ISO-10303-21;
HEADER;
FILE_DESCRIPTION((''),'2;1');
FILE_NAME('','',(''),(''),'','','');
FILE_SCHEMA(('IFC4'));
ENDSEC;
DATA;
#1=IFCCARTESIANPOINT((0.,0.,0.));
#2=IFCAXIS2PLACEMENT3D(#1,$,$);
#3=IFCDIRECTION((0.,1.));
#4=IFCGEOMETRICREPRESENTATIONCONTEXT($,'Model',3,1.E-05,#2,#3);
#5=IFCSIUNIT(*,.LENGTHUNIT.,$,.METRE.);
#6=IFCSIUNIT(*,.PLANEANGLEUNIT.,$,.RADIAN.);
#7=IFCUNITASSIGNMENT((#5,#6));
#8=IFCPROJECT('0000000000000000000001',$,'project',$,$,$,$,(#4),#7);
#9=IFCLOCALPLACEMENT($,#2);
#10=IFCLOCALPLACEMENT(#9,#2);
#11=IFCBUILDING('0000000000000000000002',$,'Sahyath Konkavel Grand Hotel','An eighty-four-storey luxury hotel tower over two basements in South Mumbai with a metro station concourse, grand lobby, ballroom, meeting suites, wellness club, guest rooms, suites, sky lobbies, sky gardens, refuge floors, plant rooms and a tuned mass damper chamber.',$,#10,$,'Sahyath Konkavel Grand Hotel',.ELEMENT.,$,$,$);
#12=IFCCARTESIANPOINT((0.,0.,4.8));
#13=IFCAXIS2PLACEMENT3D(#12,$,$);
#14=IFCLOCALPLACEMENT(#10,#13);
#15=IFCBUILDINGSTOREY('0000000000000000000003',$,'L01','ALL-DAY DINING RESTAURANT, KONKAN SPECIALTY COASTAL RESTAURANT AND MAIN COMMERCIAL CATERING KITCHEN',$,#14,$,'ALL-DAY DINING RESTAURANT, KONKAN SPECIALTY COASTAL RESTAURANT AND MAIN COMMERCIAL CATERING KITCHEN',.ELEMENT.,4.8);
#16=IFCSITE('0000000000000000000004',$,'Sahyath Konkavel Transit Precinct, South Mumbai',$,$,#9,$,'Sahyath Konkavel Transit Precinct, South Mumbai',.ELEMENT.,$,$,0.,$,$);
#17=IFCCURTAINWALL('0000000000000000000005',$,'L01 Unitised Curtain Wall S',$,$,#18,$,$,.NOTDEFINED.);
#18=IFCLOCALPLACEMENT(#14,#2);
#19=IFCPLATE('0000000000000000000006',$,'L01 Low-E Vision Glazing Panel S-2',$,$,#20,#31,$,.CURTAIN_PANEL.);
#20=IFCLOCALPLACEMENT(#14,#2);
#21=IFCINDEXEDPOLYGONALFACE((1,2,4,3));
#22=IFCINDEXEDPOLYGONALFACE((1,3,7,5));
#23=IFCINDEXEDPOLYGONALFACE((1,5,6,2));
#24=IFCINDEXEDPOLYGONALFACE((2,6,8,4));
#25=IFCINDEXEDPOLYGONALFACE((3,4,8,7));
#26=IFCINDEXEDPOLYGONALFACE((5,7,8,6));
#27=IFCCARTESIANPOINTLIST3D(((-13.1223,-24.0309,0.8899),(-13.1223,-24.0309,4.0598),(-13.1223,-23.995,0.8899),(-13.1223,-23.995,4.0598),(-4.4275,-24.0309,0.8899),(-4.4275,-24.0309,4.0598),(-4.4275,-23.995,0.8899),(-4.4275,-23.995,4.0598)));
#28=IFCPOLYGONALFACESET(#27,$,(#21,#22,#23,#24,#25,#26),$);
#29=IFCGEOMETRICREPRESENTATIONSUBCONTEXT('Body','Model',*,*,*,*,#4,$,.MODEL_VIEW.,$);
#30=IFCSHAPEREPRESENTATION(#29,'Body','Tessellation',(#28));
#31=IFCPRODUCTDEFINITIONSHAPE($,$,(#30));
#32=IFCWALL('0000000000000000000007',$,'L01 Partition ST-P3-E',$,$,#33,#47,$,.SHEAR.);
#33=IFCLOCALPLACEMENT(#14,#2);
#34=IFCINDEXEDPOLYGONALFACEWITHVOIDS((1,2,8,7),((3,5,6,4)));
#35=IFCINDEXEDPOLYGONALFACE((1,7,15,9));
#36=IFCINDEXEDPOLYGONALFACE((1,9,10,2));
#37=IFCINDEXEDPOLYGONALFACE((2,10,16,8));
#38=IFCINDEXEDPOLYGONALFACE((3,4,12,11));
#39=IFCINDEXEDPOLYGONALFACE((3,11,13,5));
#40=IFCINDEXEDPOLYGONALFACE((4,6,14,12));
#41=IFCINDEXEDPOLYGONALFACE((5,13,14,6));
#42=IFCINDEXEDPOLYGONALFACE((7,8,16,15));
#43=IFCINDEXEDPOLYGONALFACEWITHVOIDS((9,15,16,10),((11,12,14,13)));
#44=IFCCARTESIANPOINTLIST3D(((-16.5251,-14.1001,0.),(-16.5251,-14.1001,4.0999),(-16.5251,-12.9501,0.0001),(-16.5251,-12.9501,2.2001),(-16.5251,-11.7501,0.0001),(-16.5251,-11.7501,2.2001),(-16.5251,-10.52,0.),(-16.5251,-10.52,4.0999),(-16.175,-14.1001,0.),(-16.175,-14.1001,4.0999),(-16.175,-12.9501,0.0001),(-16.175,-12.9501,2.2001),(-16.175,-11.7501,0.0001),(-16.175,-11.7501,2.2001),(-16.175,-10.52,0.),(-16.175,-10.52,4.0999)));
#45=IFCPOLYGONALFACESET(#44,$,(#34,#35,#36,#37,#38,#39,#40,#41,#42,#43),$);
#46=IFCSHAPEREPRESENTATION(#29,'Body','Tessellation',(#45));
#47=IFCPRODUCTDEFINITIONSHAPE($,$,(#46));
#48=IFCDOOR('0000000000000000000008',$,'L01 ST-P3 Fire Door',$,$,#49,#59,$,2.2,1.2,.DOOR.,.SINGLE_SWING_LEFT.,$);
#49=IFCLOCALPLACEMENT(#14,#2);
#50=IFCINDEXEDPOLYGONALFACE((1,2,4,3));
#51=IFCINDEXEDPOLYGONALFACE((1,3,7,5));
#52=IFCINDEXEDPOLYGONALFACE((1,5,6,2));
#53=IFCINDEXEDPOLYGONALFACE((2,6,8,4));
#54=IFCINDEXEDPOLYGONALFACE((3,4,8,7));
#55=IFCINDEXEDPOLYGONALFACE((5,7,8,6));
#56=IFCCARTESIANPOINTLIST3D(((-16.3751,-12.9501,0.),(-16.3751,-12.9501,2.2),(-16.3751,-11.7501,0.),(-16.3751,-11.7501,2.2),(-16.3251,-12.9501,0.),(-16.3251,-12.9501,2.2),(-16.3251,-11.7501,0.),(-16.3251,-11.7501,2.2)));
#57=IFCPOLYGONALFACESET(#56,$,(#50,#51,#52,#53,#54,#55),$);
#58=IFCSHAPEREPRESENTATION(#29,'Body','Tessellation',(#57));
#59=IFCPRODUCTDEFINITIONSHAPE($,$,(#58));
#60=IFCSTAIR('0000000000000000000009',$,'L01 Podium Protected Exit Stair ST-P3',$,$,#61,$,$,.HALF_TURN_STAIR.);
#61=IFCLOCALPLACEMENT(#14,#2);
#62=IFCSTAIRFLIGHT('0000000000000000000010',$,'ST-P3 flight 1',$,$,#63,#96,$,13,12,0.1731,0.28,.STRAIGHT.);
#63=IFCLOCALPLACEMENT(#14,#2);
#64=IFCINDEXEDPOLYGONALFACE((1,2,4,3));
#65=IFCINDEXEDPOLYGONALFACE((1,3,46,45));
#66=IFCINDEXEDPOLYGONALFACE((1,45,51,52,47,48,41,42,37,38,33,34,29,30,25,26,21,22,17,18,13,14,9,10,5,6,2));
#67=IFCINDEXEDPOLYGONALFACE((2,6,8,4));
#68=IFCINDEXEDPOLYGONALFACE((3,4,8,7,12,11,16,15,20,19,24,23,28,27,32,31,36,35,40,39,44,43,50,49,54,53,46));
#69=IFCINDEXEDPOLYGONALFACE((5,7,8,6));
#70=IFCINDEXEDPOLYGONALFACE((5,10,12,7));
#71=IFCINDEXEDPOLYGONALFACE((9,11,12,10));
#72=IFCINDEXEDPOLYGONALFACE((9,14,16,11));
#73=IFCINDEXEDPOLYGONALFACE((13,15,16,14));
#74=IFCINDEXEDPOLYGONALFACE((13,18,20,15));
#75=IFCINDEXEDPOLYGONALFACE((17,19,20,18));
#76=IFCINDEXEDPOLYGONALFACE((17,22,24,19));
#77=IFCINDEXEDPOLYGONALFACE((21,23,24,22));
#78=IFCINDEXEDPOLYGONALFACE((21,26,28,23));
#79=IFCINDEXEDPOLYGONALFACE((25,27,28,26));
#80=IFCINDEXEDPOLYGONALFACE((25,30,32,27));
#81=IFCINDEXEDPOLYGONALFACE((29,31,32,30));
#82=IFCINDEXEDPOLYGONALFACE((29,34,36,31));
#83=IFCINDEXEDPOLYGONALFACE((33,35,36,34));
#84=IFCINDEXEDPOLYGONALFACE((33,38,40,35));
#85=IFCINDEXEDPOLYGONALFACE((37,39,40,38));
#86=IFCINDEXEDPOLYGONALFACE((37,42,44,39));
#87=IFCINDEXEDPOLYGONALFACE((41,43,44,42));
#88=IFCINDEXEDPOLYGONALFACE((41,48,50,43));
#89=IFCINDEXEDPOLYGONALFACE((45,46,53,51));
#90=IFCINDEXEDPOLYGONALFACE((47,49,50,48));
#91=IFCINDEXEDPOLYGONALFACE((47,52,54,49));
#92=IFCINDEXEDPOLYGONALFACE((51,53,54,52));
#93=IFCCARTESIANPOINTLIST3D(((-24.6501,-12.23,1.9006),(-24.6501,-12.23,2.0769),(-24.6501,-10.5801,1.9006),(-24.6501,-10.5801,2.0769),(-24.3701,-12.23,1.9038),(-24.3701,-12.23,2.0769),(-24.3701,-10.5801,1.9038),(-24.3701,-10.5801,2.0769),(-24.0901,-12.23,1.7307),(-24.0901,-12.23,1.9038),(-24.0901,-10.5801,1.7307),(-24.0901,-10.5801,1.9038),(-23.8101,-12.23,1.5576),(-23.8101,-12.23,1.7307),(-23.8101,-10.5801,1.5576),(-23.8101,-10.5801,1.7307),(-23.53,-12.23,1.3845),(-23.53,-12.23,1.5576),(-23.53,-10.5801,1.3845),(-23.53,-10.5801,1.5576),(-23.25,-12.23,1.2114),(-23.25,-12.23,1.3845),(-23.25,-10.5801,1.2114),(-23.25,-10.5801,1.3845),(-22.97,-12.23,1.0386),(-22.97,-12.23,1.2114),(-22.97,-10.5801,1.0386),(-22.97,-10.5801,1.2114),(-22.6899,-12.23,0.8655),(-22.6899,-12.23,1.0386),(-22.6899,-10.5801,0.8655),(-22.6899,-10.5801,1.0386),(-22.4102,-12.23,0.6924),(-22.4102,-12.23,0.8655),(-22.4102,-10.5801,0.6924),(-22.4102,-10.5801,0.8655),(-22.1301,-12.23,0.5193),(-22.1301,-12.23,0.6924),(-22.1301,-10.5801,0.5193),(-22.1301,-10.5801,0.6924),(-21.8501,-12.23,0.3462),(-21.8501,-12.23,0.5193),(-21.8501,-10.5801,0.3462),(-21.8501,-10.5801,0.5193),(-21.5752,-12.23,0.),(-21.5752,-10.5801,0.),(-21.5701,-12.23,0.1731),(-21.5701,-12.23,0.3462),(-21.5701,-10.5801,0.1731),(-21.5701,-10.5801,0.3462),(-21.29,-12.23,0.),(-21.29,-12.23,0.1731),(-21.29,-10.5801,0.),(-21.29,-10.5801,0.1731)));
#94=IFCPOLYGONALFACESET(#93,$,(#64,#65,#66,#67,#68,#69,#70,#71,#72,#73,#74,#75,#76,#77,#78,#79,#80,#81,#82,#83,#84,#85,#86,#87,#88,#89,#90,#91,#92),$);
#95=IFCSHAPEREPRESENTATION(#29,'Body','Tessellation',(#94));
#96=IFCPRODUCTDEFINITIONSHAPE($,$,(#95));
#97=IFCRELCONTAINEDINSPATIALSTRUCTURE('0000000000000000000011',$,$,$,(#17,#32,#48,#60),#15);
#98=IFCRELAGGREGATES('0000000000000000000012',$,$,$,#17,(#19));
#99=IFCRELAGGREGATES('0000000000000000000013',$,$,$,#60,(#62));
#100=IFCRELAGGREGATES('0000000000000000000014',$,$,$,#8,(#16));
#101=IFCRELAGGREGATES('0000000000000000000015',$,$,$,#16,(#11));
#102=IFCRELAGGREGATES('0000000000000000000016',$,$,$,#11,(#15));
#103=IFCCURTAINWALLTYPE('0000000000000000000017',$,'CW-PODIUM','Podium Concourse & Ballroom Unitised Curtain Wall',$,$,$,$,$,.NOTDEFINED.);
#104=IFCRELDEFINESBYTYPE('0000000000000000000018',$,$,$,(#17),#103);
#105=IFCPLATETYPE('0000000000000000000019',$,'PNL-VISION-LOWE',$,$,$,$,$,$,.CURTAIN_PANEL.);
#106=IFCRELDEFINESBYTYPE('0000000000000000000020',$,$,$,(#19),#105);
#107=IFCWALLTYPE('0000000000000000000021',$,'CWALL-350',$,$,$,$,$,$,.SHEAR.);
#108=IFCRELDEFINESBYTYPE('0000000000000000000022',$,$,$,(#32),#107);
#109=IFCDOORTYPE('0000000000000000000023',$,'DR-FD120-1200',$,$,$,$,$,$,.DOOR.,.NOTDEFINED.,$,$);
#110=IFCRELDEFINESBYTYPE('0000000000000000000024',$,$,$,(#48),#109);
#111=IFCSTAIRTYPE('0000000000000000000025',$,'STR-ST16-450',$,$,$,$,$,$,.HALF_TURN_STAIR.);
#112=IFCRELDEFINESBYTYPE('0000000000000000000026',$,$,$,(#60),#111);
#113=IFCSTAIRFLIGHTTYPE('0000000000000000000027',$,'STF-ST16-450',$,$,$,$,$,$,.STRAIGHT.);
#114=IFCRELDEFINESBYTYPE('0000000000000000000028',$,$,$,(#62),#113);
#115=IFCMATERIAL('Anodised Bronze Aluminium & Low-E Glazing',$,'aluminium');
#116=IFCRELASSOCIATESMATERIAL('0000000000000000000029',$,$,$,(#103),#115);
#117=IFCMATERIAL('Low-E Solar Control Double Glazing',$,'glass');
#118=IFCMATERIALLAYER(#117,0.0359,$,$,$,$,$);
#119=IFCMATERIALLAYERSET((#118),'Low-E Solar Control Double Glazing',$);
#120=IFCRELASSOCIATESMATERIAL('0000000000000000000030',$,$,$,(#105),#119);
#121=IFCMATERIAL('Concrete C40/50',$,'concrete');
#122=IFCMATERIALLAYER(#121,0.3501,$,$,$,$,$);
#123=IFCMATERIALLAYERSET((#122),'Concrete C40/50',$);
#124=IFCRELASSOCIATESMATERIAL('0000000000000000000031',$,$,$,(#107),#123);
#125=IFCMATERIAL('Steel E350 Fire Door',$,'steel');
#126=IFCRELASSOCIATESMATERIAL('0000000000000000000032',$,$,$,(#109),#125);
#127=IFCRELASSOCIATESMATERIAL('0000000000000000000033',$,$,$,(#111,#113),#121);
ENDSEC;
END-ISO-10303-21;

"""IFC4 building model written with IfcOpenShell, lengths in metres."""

from ifc_helpers import new_model, si_unit, direction, frame, frame_2d, origin, origin_2d, place, context, subcontext, project, spatial, polyline, rectangle, outline, extrude, source, transform, mapped, material, layer, layer_set, type_object, element, fill, aggregate, save


model = new_model("IFC4")

# Units and contexts
model_context = context("Model", 3, precision=1e-05, world=origin(), true_north=direction((0.0, 1.0)))
body_context = subcontext(model_context, "Body", "Model", "MODEL_VIEW")
ifc_project = project(units=[si_unit("LENGTHUNIT", "METRE"), si_unit("PLANEANGLEUNIT", "RADIAN")], contexts=[model_context])

# Site, building, storey
site_placement = place(None, origin())
site = spatial("IfcSite", under=ifc_project, at=site_placement, Name="Sahyath Konkavel Transit Precinct, South Mumbai", LongName="Sahyath Konkavel Transit Precinct, South Mumbai", CompositionType="ELEMENT", RefElevation=0.0)
building_placement = place(site_placement, origin())
building = spatial("IfcBuilding", under=site, at=building_placement, Name="Sahyath Konkavel Grand Hotel", Description="An eighty-four-storey luxury hotel tower over two basements in South Mumbai with a metro station concourse, grand lobby, ballroom, meeting suites, wellness club, guest rooms, suites, sky lobbies, sky gardens, refuge floors, plant rooms and a tuned mass damper chamber.", LongName="Sahyath Konkavel Grand Hotel", CompositionType="ELEMENT")
storey_placement = place(building_placement, frame((0.0, 0.0, 4.8)))
storey = spatial("IfcBuildingStorey", under=building, at=storey_placement, Name="L01", Description="ALL-DAY DINING RESTAURANT, KONKAN SPECIALTY COASTAL RESTAURANT AND MAIN COMMERCIAL CATERING KITCHEN", LongName="ALL-DAY DINING RESTAURANT, KONKAN SPECIALTY COASTAL RESTAURANT AND MAIN COMMERCIAL CATERING KITCHEN", CompositionType="ELEMENT", Elevation=4.8)

# Curtain wall
ifc_material_1 = material(Name="Anodised Bronze Aluminium & Low-E Glazing", Category="aluminium")
curtain_wall_type = type_object("IfcCurtainWallType", Name="CW-PODIUM", Description="Podium Concourse & Ballroom Unitised Curtain Wall", PredefinedType="NOTDEFINED", material=ifc_material_1)
curtain_wall_placement = place(storey_placement, origin())
curtain_wall = element("IfcCurtainWall", 1, at=curtain_wall_placement, inside=storey, type_object=curtain_wall_type, Name="L01 Unitised Curtain Wall S", PredefinedType="NOTDEFINED")

# Plate
ifc_material_2 = material(Name="Low-E Solar Control Double Glazing", Category="glass")
ifc_layer_1 = layer(ifc_material_2, 0.0359)
ifc_layer_set_1 = layer_set([ifc_layer_1], Name="Low-E Solar Control Double Glazing")
plate_type_1 = type_object("IfcPlateType", Name="PNL-VISION-LOWE", PredefinedType="CURTAIN_PANEL", material=ifc_layer_set_1)
shared_shape_1 = source(origin(), body_context, "Body", "SweptSolid", [
    extrude(rectangle(XDim=8.6948, YDim=0.0359, at=origin_2d()), origin(), (0.0, 0.0, 1.0), 3.1699),
])
plate_1_placement = place(storey_placement, frame((-8.7749, -24.0129, 0.8899), z_axis=(0.0, 0.0, 1.0), x_axis=(1.0, 0.0, 0.0)))
plate_1 = element("IfcPlate", 2, at=plate_1_placement, type_object=plate_type_1, Name="L01 Low-E Vision Glazing Panel S-2", PredefinedType="CURTAIN_PANEL", context=body_context, shape_type="MappedRepresentation", body=[
    mapped(shared_shape_1, transform((0.0, 0.0, 0.0), scale=1.0)),
])
aggregate(curtain_wall, [plate_1])

# Wall, opening, door
ifc_material_3 = material(Name="Concrete C40/50", Category="concrete")
ifc_layer_2 = layer(ifc_material_3, 0.3501)
ifc_layer_set_2 = layer_set([ifc_layer_2], Name="Concrete C40/50")
wall_type = type_object("IfcWallType", Name="CWALL-350", PredefinedType="SHEAR", material=ifc_layer_set_2)
wall_placement = place(storey_placement, frame((-16.3501, -14.1001, 0.0), z_axis=(0.0, 0.0, 1.0), x_axis=(0.0, 1.0, 0.0)))
wall = element("IfcWall", 3, at=wall_placement, inside=storey, type_object=wall_type, Name="L01 Partition ST-P3-E", PredefinedType="SHEAR", context=body_context, shape_type="SweptSolid", body=[
    extrude(rectangle(XDim=3.5801, YDim=0.3501, at=frame_2d((1.79, 0.0))), origin(), (0.0, 0.0, 1.0), 4.0999),
])
opening_placement = place(wall_placement, frame((1.1499, 0.0, 0.0)))
opening = element("IfcOpeningElement", 4, at=opening_placement, cuts=wall, PredefinedType="OPENING", context=body_context, shape_type="SweptSolid", body=[
    extrude(rectangle(XDim=1.2, YDim=2.2, at=frame_2d((0.6001, 1.1001))), frame((0.0, 0.1851, 0.0), z_axis=(0.0, -1.0, 0.0), x_axis=(1.0, 0.0, 0.0)), (0.0, 0.0, 1.0), 0.3701),
])
ifc_material_4 = material(Name="Steel E350 Fire Door", Category="steel")
door_type = type_object("IfcDoorType", Name="DR-FD120-1200", OperationType="NOTDEFINED", PredefinedType="DOOR", material=ifc_material_4)
shared_shape_2 = source(origin(), body_context, "Body", "SweptSolid", [
    extrude(rectangle(XDim=1.2, YDim=0.05, at=origin_2d()), origin(), (0.0, 0.0, 1.0), 2.2),
])
door_placement = place(opening_placement, frame((0.6001, 0.0, 0.0)))
door = element("IfcDoor", 5, at=door_placement, inside=storey, type_object=door_type, Name="L01 ST-P3 Fire Door", OperationType="SINGLE_SWING_LEFT", OverallHeight=2.2, OverallWidth=1.2, PredefinedType="DOOR", context=body_context, shape_type="MappedRepresentation", body=[
    mapped(shared_shape_2, transform((0.0, 0.0, 0.0), scale=1.0)),
])
fill(opening, door)

# Stair, stair flight
stair_type = type_object("IfcStairType", Name="STR-ST16-450", PredefinedType="HALF_TURN_STAIR", material=ifc_material_3)
stair_placement = place(storey_placement, origin())
stair = element("IfcStair", 6, at=stair_placement, inside=storey, type_object=stair_type, Name="L01 Podium Protected Exit Stair ST-P3", PredefinedType="HALF_TURN_STAIR")
stair_flight_type = type_object("IfcStairFlightType", Name="STF-ST16-450", PredefinedType="STRAIGHT", material=ifc_material_3)
stair_flight_placement = place(storey_placement, frame((-21.29, -11.405, 0.0), z_axis=(0.0, 0.0, 1.0), x_axis=(-1.0, 0.0, 0.0)))
stair_flight = element("IfcStairFlight", 7, at=stair_flight_placement, type_object=stair_flight_type, Name="ST-P3 flight 1", NumberOfRisers=13, NumberOfTreads=12, PredefinedType="STRAIGHT", RiserHeight=0.1731, TreadLength=0.28, context=body_context, shape_type="SweptSolid", body=[
    extrude(outline(polyline([(0.0, 0.0), (0.0, 0.1731), (0.28, 0.1731), (0.28, 0.3462), (0.5601, 0.3462), (0.5601, 0.5193), (0.8401, 0.5193), (0.8401, 0.6924), (1.1201, 0.6924), (1.1201, 0.8655), (1.3999, 0.8655), (1.3999, 1.0386), (1.6799, 1.0386), (1.6799, 1.2114), (1.96, 1.2114), (1.96, 1.3845), (2.24, 1.3845), (2.24, 1.5576), (2.52, 1.5576), (2.52, 1.7307), (2.8, 1.7307), (2.8, 1.9038), (3.0801, 1.9038), (3.0801, 2.0769), (3.3601, 2.0769), (3.3601, 2.25), (3.3601, 1.9006), (0.2852, 0.0), (0.0, 0.0)])), frame((0.0, 0.825, 0.0), z_axis=(0.0, -1.0, 0.0), x_axis=(1.0, 0.0, 0.0)), (0.0, 0.0, 1.0), 1.6499),
])
aggregate(stair, [stair_flight])

save(model, "model.ifc")
